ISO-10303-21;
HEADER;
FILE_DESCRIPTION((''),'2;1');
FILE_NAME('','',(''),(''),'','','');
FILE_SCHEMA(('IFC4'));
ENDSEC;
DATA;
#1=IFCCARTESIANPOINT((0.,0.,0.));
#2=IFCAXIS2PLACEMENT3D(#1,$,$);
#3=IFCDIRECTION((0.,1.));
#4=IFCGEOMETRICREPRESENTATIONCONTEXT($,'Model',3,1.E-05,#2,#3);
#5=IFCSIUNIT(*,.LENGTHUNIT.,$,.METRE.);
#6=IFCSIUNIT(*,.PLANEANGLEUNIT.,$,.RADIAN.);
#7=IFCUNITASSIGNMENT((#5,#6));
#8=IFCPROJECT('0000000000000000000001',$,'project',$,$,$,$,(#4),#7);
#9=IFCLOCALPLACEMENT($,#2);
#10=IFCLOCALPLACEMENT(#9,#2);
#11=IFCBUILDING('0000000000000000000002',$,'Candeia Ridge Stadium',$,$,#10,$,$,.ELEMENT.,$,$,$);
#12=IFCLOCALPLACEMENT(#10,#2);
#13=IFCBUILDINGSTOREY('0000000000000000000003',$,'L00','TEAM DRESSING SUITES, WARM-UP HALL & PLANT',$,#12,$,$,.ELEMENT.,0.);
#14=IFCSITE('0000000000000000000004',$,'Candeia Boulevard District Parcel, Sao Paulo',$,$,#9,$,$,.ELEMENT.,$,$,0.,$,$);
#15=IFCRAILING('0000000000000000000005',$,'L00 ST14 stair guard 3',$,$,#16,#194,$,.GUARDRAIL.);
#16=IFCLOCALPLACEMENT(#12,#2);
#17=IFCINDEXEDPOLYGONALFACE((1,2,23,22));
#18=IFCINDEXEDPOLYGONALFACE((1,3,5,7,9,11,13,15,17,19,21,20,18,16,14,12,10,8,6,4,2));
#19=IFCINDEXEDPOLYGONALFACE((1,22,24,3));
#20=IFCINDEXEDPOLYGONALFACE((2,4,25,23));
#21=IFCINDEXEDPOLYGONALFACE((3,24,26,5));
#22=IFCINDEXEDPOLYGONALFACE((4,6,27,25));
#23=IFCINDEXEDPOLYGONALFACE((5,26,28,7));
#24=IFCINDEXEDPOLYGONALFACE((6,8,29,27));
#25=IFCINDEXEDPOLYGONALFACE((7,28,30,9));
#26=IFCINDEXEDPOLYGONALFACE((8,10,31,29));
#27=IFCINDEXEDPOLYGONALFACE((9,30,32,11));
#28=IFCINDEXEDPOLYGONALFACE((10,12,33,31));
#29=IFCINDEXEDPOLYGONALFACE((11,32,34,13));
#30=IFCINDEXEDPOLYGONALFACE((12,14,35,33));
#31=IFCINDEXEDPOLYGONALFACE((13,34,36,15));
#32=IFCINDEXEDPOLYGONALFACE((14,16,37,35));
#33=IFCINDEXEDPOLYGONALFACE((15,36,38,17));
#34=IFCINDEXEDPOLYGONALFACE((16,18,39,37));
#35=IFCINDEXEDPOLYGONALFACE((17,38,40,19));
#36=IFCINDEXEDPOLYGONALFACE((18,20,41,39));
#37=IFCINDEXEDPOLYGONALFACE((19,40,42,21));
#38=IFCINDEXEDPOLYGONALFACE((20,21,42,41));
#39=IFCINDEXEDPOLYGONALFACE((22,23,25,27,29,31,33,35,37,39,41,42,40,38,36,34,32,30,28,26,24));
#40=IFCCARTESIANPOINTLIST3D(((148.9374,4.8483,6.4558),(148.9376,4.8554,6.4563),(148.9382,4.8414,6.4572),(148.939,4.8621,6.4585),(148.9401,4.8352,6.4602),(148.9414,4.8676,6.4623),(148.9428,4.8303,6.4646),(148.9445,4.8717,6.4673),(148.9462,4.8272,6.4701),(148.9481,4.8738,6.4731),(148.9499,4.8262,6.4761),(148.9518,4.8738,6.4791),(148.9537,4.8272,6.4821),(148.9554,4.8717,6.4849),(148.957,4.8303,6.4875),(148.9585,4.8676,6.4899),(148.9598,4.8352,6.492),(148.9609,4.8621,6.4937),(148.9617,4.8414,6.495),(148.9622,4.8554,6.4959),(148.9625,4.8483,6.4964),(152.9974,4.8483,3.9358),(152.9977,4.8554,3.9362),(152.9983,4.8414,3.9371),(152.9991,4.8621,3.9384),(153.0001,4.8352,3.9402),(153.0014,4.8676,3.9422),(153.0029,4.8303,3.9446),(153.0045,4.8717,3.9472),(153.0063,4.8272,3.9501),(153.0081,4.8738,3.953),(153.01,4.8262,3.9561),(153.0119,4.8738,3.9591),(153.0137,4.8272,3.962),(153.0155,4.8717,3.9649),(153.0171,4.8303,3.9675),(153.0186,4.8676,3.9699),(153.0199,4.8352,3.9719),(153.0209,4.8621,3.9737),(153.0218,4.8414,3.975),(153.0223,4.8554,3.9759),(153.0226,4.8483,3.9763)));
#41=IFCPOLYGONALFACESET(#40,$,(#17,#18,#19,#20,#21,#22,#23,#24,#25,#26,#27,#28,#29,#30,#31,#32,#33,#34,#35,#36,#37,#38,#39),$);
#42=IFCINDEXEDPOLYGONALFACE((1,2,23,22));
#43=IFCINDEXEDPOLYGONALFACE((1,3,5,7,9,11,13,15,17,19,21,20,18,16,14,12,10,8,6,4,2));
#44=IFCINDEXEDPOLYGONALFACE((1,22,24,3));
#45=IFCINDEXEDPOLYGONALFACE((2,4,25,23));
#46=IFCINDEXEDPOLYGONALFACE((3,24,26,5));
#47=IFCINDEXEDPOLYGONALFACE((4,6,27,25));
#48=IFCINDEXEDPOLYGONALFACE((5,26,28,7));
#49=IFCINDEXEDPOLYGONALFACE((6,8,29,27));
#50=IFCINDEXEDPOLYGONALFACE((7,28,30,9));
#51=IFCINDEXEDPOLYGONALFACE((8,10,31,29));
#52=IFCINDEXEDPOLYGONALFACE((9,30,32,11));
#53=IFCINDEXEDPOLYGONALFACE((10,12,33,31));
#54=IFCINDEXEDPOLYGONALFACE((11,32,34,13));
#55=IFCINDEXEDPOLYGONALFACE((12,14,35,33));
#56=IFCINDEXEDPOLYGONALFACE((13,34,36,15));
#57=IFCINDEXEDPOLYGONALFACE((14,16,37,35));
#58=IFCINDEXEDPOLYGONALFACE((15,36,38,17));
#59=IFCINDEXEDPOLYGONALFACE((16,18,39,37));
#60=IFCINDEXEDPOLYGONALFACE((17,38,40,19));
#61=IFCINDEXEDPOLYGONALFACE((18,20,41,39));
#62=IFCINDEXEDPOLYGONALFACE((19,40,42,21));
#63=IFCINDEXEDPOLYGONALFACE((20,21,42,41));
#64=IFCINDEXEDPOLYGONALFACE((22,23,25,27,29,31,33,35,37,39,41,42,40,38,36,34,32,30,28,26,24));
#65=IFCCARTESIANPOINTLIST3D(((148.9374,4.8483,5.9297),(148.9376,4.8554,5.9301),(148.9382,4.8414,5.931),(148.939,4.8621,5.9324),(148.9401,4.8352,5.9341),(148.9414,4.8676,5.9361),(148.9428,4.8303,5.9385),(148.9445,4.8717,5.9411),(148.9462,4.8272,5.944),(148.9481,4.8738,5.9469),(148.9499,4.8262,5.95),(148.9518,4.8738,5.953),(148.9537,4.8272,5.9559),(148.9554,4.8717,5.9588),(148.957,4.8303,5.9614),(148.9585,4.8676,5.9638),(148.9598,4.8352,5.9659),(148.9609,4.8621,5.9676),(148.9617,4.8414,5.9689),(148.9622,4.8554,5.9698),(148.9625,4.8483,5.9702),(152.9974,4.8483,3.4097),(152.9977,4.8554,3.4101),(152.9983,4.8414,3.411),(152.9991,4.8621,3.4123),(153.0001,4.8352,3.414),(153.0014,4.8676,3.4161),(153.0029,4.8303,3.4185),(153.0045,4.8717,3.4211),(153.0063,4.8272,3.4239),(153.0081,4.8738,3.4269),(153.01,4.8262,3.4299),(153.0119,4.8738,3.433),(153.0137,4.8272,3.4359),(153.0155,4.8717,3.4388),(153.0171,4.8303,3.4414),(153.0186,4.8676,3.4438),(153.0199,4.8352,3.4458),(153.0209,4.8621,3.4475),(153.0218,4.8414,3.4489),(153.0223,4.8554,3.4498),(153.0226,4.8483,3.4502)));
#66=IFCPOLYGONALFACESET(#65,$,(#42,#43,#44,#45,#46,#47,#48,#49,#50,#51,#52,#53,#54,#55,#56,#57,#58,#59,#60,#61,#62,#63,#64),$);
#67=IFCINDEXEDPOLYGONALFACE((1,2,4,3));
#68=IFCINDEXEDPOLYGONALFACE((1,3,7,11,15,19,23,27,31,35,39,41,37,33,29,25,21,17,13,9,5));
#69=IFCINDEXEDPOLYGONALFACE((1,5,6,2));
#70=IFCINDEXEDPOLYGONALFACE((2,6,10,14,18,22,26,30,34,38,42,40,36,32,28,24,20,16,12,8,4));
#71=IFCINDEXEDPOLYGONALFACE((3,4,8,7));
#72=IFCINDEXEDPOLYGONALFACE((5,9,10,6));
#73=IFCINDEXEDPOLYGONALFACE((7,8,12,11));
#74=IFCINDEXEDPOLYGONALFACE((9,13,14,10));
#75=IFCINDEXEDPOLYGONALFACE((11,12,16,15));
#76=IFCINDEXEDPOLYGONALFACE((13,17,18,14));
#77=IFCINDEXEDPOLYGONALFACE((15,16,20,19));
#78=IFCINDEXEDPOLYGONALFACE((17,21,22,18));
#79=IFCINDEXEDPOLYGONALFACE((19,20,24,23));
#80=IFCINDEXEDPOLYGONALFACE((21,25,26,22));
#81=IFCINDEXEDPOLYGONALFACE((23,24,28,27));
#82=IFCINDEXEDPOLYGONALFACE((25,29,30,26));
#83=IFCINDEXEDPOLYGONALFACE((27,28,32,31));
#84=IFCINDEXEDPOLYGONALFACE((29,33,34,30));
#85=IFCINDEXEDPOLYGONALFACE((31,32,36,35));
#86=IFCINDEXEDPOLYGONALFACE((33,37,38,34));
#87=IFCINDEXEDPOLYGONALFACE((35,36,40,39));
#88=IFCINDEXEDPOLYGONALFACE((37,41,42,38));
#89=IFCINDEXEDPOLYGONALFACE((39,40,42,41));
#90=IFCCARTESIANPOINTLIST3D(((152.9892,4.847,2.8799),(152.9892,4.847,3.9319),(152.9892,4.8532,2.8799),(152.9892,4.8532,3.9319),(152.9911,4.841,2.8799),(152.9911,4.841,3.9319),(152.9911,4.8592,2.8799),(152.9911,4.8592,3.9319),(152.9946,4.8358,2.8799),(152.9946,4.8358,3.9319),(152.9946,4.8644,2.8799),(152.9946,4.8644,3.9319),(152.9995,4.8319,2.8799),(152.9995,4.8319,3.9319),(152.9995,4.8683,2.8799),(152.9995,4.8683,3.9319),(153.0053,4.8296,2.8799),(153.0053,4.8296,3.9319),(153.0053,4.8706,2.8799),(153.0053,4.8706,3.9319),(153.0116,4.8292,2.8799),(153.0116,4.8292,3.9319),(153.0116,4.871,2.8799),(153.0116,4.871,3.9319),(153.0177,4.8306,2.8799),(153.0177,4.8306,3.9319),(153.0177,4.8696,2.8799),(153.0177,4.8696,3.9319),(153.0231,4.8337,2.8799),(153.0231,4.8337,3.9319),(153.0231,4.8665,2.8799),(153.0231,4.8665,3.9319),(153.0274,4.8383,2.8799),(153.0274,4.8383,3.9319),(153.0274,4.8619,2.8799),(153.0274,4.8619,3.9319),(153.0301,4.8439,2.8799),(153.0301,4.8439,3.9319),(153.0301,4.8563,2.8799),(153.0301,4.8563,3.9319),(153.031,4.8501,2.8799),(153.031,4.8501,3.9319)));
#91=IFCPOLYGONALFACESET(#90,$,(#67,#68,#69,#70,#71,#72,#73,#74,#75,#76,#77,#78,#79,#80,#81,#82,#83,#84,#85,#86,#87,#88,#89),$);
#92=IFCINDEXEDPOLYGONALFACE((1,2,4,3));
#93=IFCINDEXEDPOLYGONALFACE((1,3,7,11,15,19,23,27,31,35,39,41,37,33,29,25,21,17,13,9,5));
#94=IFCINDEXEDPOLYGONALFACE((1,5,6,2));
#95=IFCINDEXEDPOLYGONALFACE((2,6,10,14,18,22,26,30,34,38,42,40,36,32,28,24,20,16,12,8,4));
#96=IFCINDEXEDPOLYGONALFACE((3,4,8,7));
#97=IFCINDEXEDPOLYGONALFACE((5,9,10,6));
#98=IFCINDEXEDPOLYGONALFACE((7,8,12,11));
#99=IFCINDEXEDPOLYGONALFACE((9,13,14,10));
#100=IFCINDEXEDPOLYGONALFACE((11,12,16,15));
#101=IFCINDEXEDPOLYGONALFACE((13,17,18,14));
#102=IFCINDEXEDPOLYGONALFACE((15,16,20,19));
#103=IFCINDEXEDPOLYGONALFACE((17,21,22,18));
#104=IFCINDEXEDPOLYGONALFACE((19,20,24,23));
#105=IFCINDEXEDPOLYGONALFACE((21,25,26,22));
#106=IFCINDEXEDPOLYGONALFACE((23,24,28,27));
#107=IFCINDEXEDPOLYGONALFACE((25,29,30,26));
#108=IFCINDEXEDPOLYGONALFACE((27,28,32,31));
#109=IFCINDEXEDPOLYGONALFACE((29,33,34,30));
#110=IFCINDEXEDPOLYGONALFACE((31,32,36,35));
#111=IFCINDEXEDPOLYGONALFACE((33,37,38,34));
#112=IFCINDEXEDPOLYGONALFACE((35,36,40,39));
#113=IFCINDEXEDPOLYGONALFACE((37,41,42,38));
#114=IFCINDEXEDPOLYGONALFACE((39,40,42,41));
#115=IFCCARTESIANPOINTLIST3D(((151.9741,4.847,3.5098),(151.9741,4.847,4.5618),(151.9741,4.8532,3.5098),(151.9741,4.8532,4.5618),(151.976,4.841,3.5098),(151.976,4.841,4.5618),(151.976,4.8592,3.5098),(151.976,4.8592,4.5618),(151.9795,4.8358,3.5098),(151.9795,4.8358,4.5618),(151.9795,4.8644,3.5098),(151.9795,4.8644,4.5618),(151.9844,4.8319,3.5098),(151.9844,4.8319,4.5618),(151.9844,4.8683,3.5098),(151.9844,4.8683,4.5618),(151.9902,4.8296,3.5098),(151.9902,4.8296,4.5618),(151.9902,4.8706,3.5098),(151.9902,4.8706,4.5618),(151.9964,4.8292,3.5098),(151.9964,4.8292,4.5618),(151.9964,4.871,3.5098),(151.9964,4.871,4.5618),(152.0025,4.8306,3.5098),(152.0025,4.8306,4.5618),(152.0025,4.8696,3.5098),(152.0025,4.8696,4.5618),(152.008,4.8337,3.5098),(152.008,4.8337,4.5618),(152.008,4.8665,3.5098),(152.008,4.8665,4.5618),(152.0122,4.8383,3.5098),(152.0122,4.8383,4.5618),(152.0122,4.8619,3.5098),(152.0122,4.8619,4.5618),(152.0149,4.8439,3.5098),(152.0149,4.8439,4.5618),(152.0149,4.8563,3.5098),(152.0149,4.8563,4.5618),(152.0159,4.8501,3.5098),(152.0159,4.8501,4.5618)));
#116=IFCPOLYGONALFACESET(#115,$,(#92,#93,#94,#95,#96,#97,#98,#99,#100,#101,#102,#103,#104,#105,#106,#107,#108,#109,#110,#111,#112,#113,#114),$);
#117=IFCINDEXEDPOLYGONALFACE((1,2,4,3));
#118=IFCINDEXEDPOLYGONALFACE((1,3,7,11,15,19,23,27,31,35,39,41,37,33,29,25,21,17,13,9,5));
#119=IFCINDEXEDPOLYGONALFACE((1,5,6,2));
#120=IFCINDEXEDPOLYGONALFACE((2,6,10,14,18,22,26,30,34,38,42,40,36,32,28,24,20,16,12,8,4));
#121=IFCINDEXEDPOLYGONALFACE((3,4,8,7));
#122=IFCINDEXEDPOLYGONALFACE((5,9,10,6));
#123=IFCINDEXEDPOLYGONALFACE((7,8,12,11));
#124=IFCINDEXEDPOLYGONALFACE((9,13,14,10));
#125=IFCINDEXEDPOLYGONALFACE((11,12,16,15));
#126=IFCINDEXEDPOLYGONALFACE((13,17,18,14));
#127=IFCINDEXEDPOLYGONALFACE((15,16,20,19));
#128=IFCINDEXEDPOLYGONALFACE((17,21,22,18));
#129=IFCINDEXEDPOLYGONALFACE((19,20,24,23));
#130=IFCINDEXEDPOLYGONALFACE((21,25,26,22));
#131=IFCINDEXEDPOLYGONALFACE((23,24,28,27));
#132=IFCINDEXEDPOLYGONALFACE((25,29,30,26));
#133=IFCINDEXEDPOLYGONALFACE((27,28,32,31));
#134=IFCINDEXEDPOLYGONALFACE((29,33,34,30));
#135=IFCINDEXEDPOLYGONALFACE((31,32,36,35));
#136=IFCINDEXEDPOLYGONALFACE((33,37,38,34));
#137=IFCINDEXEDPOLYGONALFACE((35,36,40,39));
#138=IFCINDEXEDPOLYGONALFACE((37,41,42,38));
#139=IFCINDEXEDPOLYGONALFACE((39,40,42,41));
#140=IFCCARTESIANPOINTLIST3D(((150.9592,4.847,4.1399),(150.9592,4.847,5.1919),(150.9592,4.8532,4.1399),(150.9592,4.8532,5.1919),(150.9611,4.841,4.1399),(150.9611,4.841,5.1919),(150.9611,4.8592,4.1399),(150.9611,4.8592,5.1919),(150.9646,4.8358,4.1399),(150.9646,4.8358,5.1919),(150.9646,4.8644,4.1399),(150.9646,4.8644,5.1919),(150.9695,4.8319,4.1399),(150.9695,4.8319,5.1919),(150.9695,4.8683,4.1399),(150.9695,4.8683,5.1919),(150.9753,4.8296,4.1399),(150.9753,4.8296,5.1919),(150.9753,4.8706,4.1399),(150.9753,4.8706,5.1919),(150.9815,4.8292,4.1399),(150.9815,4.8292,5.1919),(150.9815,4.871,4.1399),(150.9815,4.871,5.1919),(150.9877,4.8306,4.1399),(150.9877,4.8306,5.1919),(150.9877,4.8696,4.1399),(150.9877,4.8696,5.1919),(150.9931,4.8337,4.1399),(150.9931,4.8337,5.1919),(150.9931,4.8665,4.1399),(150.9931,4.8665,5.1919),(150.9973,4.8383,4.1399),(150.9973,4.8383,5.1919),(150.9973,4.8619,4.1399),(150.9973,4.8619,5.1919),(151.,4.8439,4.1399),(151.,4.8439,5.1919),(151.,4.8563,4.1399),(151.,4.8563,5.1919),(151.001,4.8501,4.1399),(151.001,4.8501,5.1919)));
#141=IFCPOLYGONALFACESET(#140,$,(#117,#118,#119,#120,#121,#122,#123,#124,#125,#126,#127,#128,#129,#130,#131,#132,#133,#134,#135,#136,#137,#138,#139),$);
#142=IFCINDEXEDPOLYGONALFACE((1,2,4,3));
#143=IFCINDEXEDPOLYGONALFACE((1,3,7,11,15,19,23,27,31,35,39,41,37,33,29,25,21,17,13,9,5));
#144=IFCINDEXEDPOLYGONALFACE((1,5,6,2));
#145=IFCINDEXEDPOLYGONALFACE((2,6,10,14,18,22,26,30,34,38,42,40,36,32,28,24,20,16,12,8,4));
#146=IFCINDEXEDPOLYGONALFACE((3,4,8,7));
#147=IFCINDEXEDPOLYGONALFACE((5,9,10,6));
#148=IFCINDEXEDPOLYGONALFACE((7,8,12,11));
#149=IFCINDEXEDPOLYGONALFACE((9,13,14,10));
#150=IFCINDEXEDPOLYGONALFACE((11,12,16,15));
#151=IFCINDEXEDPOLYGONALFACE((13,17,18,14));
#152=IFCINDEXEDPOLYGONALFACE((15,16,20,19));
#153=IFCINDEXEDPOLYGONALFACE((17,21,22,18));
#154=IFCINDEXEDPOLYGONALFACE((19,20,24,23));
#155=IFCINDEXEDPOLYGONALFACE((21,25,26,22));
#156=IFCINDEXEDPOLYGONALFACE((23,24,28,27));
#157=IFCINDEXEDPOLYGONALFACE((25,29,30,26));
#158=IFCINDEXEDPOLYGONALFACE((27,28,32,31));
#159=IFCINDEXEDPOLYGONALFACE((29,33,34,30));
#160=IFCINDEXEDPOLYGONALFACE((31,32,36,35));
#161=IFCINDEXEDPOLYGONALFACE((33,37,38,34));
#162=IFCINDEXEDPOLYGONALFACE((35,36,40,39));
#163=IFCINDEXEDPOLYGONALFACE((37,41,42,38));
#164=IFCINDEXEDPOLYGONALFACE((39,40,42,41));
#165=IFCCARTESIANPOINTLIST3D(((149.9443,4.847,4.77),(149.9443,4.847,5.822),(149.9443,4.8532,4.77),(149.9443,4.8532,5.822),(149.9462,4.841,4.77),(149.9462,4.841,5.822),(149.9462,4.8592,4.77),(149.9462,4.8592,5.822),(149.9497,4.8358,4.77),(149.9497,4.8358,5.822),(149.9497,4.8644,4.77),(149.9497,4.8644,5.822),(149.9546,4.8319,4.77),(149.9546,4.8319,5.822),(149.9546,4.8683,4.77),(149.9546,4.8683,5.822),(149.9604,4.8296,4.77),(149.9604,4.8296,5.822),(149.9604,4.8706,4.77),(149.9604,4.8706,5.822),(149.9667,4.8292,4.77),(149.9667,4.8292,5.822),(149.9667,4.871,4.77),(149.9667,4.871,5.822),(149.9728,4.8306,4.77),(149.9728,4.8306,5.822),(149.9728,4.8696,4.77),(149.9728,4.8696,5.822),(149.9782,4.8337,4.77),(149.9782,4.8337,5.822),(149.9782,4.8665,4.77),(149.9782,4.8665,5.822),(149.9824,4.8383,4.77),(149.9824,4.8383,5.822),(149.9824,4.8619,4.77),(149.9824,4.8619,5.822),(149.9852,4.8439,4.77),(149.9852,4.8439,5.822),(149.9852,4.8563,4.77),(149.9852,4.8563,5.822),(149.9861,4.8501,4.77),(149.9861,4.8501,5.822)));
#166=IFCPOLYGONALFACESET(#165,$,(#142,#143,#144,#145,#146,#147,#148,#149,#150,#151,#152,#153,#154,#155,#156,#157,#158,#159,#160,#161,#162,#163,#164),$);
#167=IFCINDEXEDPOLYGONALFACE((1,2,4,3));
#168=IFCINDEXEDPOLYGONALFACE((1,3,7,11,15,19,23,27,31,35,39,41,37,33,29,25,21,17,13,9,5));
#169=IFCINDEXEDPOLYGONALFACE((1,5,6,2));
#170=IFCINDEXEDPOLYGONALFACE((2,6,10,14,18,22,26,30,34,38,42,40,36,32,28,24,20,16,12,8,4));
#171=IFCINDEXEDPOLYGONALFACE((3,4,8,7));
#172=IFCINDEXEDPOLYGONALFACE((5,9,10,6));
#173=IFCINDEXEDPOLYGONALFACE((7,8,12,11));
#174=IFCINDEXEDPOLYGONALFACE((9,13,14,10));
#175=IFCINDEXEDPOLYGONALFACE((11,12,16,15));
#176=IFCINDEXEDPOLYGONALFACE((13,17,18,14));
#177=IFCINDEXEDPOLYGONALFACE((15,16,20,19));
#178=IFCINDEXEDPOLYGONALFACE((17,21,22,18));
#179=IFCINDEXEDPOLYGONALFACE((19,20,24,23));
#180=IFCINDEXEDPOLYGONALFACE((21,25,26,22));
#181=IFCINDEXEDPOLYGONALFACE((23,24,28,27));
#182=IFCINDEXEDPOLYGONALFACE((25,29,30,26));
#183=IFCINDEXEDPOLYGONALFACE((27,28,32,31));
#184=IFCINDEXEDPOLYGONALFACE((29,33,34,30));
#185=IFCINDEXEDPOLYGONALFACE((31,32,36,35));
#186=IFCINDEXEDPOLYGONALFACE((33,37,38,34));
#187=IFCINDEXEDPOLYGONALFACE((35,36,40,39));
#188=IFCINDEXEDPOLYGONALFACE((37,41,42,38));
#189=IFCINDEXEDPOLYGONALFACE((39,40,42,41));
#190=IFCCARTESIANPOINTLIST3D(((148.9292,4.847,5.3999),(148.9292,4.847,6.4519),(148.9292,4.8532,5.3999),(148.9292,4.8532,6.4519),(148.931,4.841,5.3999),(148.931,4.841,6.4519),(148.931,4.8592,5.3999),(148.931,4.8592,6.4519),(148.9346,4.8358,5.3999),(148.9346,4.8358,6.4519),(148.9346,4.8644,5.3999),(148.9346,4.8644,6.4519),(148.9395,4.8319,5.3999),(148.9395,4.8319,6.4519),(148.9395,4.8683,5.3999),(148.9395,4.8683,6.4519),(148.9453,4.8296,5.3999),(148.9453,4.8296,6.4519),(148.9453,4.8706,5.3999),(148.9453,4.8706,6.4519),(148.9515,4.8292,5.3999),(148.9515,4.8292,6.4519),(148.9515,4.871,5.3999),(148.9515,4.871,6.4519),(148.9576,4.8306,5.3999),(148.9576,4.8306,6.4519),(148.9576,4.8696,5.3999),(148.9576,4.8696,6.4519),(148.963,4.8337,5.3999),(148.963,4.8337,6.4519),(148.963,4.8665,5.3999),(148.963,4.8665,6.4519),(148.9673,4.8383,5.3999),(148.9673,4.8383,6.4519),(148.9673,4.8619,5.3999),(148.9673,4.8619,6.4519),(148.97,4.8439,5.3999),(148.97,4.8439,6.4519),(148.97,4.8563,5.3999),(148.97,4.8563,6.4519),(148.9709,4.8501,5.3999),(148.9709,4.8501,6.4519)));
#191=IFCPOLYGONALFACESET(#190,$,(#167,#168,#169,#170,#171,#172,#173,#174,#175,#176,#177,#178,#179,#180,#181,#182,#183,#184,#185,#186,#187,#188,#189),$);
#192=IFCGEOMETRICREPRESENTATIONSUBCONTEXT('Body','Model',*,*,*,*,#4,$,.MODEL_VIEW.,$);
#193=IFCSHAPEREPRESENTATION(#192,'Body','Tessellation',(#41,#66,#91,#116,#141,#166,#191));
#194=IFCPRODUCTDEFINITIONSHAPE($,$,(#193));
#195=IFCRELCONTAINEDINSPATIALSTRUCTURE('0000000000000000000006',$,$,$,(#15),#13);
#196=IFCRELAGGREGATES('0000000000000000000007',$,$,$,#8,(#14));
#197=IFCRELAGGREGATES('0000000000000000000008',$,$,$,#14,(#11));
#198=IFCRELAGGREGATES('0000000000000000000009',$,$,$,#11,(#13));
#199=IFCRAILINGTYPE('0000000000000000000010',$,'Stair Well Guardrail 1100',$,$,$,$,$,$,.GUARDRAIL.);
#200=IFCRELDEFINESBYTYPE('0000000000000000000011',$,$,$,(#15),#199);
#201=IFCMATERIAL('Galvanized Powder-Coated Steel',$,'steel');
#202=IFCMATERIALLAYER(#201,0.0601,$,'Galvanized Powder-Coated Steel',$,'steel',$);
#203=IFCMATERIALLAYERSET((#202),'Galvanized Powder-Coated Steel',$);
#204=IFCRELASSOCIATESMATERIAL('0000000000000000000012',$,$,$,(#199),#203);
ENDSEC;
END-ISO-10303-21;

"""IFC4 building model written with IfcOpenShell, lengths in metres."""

from ifc_helpers import new_model, si_unit, direction, frame, origin, origin_2d, place, context, subcontext, project, spatial, circle, extrude, material, layer, layer_set, type_object, element, save


model = new_model("IFC4")

# Units and contexts
model_context = context("Model", 3, precision=1e-05, world=origin(), true_north=direction((0.0, 1.0)))
body_context = subcontext(model_context, "Body", "Model", "MODEL_VIEW")
ifc_project = project(units=[si_unit("LENGTHUNIT", "METRE"), si_unit("PLANEANGLEUNIT", "RADIAN")], contexts=[model_context])

# Site, building, storey
site_placement = place(None, origin())
site = spatial("IfcSite", under=ifc_project, at=site_placement, Name="Candeia Boulevard District Parcel, Sao Paulo", CompositionType="ELEMENT", RefElevation=0.0)
building_placement = place(site_placement, origin())
building = spatial("IfcBuilding", under=site, at=building_placement, Name="Candeia Ridge Stadium", CompositionType="ELEMENT")
storey_placement = place(building_placement, origin())
storey = spatial("IfcBuildingStorey", under=building, at=storey_placement, Name="L00", Description="TEAM DRESSING SUITES, WARM-UP HALL & PLANT", CompositionType="ELEMENT", Elevation=0.0)

# Railing
ifc_material_1 = material(Name="Galvanized Powder-Coated Steel", Category="steel")
ifc_layer_1 = layer(ifc_material_1, 0.0601, Name="Galvanized Powder-Coated Steel", Category="steel")
ifc_layer_set_1 = layer_set([ifc_layer_1], Name="Galvanized Powder-Coated Steel")
railing_type_1 = type_object("IfcRailingType", Name="Stair Well Guardrail 1100", PredefinedType="GUARDRAIL", material=ifc_layer_set_1)
railing_1_placement = place(storey_placement, frame((153.01, 4.8501, 2.8799)))
element("IfcRailing", 1, at=railing_1_placement, inside=storey, type_object=railing_type_1, Name="L00 ST14 stair guard 3", PredefinedType="GUARDRAIL", context=body_context, shape_type="SweptSolid", body=[
    extrude(circle(Radius=0.0239, at=origin_2d()), frame((0.0, 0.0, 1.0762), z_axis=(-0.849642, 0.0, 0.52736), x_axis=(0.0, -1.0, 0.0)), (0.0, 0.0, 1.0), 4.7786),
    extrude(circle(Radius=0.0239, at=origin_2d()), frame((0.0, 0.0, 0.55), z_axis=(-0.849642, 0.0, 0.52736), x_axis=(0.0, -1.0, 0.0)), (0.0, 0.0, 1.0), 4.7786),
    extrude(circle(Radius=0.021, at=origin_2d()), origin(), (0.0, 0.0, 1.0), 1.052),
    extrude(circle(Radius=0.021, at=origin_2d()), frame((-1.0151, 0.0, 0.6299)), (0.0, 0.0, 1.0), 1.052),
    extrude(circle(Radius=0.021, at=origin_2d()), frame((-2.03, 0.0, 1.26)), (0.0, 0.0, 1.0), 1.052),
    extrude(circle(Radius=0.021, at=origin_2d()), frame((-3.0449, 0.0, 1.8901)), (0.0, 0.0, 1.0), 1.052),
    extrude(circle(Radius=0.021, at=origin_2d()), frame((-4.0601, 0.0, 2.52)), (0.0, 0.0, 1.0), 1.052),
])

save(model, "model.ifc")
